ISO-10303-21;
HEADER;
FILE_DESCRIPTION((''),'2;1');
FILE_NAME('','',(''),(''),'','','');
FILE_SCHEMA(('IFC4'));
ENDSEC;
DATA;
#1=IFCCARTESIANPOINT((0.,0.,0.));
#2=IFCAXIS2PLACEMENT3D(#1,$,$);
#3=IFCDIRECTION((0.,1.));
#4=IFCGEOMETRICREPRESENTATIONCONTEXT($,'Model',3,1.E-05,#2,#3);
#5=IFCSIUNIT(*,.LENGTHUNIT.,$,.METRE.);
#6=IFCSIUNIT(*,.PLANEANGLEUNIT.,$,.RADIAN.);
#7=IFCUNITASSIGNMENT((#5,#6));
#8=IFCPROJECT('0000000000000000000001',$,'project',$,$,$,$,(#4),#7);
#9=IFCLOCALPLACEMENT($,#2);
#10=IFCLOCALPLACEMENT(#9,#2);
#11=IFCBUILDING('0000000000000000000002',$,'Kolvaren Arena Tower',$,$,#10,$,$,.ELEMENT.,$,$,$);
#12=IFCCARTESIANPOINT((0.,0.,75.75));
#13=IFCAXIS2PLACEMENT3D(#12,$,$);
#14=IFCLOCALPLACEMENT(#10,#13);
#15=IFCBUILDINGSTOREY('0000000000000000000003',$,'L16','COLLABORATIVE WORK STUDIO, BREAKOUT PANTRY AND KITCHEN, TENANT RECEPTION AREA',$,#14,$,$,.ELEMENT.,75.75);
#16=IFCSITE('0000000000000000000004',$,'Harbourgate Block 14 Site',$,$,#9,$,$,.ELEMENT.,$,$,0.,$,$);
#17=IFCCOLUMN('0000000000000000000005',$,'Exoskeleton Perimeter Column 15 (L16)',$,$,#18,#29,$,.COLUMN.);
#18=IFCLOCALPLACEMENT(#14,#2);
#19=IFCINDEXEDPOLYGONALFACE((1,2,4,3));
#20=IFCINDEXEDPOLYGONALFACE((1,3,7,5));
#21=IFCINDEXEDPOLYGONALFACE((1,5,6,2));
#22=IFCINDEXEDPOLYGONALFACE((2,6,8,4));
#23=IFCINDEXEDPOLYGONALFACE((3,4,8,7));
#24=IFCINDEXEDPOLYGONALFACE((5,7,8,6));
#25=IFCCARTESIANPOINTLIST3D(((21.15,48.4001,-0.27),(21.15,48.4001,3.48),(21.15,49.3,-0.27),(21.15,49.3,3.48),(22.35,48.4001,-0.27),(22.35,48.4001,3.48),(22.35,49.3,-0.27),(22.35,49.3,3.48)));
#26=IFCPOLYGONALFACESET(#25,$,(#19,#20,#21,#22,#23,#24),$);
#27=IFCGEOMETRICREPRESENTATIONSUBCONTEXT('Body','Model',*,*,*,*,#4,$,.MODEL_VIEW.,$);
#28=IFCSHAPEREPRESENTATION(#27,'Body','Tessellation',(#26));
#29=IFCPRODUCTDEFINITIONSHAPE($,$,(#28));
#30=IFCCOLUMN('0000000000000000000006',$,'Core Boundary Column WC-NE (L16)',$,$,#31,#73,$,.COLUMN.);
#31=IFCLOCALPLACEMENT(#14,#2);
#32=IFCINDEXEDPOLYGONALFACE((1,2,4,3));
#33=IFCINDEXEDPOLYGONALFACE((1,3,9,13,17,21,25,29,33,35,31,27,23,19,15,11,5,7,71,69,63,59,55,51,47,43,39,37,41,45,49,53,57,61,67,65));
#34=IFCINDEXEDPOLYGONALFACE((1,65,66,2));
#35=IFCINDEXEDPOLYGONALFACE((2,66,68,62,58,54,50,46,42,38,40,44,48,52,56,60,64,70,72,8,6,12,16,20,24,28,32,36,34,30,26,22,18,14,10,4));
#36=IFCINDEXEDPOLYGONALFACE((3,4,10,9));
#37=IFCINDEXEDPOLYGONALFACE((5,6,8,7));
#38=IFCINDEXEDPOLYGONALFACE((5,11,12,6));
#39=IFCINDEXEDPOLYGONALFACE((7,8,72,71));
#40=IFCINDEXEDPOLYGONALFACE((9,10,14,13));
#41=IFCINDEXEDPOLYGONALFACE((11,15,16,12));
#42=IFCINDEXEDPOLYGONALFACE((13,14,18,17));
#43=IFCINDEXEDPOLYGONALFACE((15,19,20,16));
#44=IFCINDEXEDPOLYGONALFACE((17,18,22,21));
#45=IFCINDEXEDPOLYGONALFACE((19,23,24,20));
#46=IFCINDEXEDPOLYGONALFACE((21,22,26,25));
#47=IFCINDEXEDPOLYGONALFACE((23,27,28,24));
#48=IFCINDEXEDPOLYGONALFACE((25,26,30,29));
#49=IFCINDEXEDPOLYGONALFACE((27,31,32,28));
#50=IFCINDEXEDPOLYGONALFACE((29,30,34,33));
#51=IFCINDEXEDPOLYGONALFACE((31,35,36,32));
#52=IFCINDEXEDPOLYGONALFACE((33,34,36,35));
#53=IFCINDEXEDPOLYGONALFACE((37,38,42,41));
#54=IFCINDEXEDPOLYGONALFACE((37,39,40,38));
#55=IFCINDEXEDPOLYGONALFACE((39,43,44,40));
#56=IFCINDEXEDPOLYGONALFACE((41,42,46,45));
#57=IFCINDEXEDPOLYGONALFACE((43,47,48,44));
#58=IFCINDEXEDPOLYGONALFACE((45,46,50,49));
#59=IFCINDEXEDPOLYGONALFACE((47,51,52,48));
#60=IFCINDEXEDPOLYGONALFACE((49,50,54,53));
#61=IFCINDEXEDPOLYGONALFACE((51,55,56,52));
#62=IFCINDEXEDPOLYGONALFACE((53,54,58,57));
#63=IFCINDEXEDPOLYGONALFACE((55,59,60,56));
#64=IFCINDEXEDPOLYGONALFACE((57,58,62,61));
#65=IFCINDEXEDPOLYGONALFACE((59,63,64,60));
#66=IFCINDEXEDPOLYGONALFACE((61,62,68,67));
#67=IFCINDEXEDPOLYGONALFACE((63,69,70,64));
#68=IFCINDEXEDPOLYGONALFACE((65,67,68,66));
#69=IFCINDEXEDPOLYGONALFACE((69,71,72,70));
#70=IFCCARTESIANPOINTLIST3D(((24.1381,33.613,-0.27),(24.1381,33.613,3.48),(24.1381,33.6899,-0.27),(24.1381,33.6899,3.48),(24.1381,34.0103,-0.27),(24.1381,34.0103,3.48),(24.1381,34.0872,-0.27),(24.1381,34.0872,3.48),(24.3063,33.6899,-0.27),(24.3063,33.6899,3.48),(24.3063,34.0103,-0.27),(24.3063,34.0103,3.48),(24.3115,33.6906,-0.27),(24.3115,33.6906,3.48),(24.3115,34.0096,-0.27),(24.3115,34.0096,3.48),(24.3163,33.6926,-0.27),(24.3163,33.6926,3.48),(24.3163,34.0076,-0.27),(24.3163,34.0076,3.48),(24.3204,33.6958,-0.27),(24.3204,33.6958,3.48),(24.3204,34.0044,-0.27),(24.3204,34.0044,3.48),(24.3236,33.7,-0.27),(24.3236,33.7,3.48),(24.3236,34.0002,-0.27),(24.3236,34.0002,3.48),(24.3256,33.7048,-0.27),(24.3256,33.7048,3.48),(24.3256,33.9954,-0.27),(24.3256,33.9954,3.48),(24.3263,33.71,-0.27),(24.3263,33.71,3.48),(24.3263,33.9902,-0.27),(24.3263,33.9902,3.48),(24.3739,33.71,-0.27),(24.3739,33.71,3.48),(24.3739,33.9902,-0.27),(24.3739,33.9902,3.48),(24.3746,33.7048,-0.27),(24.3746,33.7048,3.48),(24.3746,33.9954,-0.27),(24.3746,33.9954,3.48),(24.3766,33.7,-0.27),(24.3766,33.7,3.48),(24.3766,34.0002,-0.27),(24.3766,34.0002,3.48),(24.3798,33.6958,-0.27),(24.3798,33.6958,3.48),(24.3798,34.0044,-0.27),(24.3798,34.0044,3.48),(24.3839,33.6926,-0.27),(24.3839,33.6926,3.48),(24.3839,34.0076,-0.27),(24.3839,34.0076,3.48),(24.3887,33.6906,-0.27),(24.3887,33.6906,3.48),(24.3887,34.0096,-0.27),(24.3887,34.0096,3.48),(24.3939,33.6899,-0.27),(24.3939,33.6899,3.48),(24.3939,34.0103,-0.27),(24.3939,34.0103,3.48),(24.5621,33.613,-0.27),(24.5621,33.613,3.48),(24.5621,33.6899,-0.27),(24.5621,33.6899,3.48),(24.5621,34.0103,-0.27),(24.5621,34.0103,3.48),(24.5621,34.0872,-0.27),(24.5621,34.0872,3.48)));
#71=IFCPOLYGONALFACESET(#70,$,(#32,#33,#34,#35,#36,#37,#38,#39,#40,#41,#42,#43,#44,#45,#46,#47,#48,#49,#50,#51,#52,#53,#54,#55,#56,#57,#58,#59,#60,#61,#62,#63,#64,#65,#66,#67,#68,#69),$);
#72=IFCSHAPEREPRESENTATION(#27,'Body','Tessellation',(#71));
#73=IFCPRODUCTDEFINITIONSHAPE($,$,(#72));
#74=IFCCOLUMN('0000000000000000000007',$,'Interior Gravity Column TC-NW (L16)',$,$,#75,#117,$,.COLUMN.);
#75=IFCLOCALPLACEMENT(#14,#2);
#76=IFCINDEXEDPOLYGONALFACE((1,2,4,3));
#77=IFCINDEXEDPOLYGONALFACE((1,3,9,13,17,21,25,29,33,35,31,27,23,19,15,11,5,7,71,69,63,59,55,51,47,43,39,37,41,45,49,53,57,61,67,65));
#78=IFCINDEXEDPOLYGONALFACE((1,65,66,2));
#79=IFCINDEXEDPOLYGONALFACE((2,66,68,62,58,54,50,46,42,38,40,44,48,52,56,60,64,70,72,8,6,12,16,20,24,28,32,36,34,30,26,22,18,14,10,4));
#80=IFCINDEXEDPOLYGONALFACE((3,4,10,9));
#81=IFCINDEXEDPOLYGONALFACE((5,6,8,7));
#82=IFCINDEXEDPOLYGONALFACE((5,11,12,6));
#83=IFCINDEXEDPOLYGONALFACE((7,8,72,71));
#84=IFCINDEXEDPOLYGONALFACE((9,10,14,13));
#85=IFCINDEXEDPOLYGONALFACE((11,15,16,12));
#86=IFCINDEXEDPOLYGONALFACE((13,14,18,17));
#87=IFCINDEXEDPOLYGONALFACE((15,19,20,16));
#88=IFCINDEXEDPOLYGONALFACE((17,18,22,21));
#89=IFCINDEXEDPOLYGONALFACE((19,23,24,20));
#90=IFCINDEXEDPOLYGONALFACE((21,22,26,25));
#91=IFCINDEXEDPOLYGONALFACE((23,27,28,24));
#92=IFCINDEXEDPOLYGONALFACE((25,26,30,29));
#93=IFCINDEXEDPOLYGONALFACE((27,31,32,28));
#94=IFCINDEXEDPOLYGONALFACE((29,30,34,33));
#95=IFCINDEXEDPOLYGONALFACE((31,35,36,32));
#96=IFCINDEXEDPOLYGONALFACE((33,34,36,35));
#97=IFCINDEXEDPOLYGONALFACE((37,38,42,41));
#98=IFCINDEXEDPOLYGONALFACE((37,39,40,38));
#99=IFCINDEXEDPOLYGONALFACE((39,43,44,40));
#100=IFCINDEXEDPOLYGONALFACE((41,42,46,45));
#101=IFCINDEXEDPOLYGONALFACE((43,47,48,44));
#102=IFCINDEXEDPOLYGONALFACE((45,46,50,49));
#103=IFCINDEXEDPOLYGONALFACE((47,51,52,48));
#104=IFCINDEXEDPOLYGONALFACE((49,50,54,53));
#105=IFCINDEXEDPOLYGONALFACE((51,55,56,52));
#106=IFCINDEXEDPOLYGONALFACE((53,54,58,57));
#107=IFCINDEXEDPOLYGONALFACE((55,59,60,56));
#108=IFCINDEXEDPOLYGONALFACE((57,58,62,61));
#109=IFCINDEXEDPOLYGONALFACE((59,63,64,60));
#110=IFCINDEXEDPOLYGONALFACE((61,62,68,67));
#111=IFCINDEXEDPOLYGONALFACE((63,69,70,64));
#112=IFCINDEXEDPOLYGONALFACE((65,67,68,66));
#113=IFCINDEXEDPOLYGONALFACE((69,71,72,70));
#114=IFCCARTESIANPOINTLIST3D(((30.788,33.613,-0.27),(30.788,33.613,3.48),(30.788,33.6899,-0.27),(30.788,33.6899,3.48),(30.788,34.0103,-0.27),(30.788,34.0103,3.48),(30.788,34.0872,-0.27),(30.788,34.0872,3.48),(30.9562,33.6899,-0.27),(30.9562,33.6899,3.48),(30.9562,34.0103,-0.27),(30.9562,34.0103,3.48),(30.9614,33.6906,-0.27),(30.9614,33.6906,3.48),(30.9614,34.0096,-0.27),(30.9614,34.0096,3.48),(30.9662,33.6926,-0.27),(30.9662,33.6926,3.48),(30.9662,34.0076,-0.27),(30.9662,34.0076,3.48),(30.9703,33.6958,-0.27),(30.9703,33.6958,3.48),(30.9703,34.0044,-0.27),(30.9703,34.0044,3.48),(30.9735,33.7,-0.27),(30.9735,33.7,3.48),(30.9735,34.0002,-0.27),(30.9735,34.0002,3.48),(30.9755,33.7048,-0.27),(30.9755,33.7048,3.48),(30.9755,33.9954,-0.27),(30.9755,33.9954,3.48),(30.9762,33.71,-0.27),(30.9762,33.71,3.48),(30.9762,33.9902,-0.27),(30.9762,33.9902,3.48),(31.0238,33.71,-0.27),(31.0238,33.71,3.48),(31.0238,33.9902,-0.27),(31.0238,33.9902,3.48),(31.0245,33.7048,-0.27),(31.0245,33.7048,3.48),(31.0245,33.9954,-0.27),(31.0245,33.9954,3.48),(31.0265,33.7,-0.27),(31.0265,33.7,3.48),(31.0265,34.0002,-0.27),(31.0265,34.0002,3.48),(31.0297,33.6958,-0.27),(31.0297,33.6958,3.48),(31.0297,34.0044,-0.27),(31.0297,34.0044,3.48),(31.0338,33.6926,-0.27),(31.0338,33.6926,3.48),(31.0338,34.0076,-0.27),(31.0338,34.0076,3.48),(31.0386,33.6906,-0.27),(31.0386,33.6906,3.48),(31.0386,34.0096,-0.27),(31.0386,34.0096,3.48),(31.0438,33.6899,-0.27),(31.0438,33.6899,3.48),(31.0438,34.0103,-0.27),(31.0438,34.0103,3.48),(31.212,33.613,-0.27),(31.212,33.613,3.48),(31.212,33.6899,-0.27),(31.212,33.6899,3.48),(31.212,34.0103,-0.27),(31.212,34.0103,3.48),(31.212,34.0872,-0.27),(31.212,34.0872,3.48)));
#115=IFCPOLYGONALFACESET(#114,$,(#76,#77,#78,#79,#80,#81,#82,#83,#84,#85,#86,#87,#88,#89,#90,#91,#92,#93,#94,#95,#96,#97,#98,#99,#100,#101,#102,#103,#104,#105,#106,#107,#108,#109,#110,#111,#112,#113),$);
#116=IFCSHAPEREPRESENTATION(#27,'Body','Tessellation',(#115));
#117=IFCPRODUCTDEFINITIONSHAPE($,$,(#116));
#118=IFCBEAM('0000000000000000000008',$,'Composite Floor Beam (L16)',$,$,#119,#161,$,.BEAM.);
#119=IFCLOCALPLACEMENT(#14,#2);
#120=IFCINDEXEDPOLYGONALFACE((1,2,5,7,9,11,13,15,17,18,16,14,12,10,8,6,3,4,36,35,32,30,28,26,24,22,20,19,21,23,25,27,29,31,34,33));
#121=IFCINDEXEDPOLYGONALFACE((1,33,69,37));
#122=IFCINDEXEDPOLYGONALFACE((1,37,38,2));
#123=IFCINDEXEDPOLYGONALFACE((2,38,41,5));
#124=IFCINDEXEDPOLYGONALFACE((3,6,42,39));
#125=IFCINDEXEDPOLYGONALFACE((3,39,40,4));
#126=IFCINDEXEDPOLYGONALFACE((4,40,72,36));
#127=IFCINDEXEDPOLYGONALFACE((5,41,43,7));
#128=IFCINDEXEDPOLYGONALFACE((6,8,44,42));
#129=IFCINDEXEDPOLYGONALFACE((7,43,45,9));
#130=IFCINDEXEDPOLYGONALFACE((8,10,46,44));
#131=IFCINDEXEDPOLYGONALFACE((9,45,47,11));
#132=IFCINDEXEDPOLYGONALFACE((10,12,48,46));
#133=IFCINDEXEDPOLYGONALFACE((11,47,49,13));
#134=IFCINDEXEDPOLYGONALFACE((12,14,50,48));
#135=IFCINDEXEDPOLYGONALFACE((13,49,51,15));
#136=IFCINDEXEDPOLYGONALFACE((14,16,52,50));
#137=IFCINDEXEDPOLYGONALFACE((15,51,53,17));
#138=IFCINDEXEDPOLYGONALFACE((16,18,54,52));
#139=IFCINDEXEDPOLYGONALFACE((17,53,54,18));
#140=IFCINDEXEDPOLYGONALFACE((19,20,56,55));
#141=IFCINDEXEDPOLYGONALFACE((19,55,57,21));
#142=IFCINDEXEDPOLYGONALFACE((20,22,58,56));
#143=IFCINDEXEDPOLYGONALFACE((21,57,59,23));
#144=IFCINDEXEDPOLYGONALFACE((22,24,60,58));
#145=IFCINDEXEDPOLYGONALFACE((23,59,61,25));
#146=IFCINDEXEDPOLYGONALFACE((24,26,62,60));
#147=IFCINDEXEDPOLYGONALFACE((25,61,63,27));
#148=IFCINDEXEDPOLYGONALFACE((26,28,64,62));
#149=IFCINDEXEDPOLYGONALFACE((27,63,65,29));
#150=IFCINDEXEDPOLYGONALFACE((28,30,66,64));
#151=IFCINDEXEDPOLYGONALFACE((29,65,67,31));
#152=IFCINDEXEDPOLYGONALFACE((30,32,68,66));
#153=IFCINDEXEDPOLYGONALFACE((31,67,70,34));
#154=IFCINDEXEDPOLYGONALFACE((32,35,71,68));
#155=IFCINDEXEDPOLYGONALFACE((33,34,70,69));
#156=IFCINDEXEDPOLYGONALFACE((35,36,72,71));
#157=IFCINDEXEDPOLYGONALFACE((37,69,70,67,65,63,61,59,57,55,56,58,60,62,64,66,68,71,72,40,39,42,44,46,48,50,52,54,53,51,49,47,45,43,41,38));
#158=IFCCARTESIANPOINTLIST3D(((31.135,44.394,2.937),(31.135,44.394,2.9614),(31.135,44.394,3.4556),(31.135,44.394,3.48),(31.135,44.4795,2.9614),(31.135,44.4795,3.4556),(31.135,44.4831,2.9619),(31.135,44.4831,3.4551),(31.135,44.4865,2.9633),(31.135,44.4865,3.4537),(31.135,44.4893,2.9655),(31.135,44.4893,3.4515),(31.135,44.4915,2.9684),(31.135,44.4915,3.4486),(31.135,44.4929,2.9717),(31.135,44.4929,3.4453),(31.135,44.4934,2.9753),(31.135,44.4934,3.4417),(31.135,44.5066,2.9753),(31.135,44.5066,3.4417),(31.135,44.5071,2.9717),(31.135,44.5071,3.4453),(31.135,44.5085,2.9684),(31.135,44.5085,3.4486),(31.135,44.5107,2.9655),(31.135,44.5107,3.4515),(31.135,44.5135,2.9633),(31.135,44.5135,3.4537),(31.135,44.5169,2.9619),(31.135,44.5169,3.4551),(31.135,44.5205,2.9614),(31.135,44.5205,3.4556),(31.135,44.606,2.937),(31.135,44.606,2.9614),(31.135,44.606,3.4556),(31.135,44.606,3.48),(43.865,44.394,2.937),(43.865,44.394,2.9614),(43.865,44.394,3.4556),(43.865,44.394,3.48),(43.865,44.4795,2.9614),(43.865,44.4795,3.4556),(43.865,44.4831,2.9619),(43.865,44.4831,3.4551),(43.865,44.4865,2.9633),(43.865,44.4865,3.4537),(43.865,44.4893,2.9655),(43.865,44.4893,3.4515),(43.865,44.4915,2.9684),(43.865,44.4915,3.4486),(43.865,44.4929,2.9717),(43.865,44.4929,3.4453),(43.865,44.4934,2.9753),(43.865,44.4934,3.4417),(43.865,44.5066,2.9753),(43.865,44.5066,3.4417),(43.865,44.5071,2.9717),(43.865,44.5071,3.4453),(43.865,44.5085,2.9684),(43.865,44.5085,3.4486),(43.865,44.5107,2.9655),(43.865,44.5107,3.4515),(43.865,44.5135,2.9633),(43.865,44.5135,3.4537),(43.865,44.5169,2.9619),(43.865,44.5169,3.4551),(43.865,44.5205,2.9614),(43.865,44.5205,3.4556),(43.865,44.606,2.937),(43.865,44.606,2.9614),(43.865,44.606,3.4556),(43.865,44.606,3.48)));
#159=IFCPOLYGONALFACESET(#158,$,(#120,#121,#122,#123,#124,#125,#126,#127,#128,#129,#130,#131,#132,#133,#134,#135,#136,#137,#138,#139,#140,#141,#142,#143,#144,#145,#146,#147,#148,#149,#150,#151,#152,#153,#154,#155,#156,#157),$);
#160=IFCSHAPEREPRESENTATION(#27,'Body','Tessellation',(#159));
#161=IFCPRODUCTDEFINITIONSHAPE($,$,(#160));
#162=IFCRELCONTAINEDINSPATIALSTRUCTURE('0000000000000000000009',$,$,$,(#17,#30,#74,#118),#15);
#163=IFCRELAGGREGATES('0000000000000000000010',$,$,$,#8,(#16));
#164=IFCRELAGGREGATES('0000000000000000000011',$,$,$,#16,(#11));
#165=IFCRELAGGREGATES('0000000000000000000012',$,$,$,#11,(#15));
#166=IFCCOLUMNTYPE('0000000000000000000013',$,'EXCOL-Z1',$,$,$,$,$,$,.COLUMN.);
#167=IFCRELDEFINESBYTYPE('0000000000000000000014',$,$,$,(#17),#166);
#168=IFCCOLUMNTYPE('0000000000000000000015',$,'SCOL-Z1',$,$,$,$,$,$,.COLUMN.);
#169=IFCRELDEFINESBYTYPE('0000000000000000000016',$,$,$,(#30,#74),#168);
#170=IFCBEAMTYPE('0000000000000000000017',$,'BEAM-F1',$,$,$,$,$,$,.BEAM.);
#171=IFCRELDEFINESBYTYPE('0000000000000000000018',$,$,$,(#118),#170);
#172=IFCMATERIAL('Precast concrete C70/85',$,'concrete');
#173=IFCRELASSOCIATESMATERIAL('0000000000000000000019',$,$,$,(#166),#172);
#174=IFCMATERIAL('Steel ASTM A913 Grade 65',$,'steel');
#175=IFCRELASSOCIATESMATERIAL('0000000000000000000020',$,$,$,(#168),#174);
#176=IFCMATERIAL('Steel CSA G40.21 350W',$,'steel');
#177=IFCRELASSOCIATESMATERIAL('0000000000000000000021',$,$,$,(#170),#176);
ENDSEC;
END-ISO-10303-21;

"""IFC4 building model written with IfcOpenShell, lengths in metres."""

from ifc_helpers import new_model, si_unit, direction, frame, origin, origin_2d, place, context, subcontext, project, spatial, rectangle, i_section, extrude, material, material_profile, profile_set, type_object, element, save


model = new_model("IFC4")

# Units and contexts
model_context = context("Model", 3, precision=1e-05, world=origin(), true_north=direction((0.0, 1.0)))
body_context = subcontext(model_context, "Body", "Model", "MODEL_VIEW")
ifc_project = project(units=[si_unit("LENGTHUNIT", "METRE"), si_unit("PLANEANGLEUNIT", "RADIAN")], contexts=[model_context])

# Site, building, storey
site_placement = place(None, origin())
site = spatial("IfcSite", under=ifc_project, at=site_placement, Name="Harbourgate Block 14 Site", CompositionType="ELEMENT", RefElevation=0.0)
building_placement = place(site_placement, origin())
building = spatial("IfcBuilding", under=site, at=building_placement, Name="Kolvaren Arena Tower", CompositionType="ELEMENT")
storey_placement = place(building_placement, frame((0.0, 0.0, 75.75)))
storey = spatial("IfcBuildingStorey", under=building, at=storey_placement, Name="L16", Description="COLLABORATIVE WORK STUDIO, BREAKOUT PANTRY AND KITCHEN, TENANT RECEPTION AREA", CompositionType="ELEMENT", Elevation=75.75)

# Columns
ifc_material_1 = material(Name="Precast concrete C70/85", Category="concrete")
ifc_material_profile_1 = material_profile(ifc_material_1, rectangle(XDim=1.2, YDim=0.8999, at=origin_2d()), Name="RC-1200x900")
ifc_profile_set_1 = profile_set([ifc_material_profile_1], Name="Precast concrete C70/85")
column_type_1 = type_object("IfcColumnType", Name="EXCOL-Z1", PredefinedType="COLUMN", material=ifc_profile_set_1)
column_placement = place(storey_placement, frame((21.75, 48.8501, -0.27), z_axis=(0.0, 0.0, 1.0), x_axis=(1.0, 0.0, 0.0)))
element("IfcColumn", 1, at=column_placement, inside=storey, type_object=column_type_1, Name="Exoskeleton Perimeter Column 15 (L16)", PredefinedType="COLUMN", context=body_context, shape_type="SweptSolid", body=[
    extrude(rectangle(XDim=1.2, YDim=0.8999, at=origin_2d()), origin(), (0.0, 0.0, 1.0), 3.75),
])
ifc_material_2 = material(Name="Steel ASTM A913 Grade 65", Category="steel")
ifc_material_profile_2 = material_profile(ifc_material_2, i_section(OverallWidth=0.4241, OverallDepth=0.4741, WebThickness=0.0476, FlangeThickness=0.0769, FilletRadius=0.02, at=origin_2d()), Name="W360x634")
ifc_profile_set_2 = profile_set([ifc_material_profile_2], Name="Steel ASTM A913 Grade 65")
column_type_2 = type_object("IfcColumnType", Name="SCOL-Z1", PredefinedType="COLUMN", material=ifc_profile_set_2)
for number, where, z_axis, x_axis, name in (
    (2, (24.3501, 33.8501, -0.27), (0.0, 0.0, 1.0), (1.0, 0.0, 0.0), "Core Boundary Column WC-NE (L16)"),
    (3, (31.0, 33.8501, -0.27), (0.0, 0.0, 1.0), (1.0, 0.0, 0.0), "Interior Gravity Column TC-NW (L16)"),
):
    element("IfcColumn", number, at=place(storey_placement, frame(where, z_axis=z_axis, x_axis=x_axis)), inside=storey, type_object=column_type_2, Name=name, PredefinedType="COLUMN", context=body_context, shape_type="SweptSolid", body=[
        extrude(i_section(OverallWidth=0.4241, OverallDepth=0.4741, WebThickness=0.0476, FlangeThickness=0.0769, FilletRadius=0.02, at=origin_2d()), origin(), (0.0, 0.0, 1.0), 3.75),
    ])

# Beam
ifc_material_3 = material(Name="Steel CSA G40.21 350W", Category="steel")
ifc_material_profile_3 = material_profile(ifc_material_3, i_section(OverallWidth=0.2119, OverallDepth=0.543, WebThickness=0.0132, FlangeThickness=0.0244, FilletRadius=0.0139, at=origin_2d()), Name="W530x150")
ifc_profile_set_3 = profile_set([ifc_material_profile_3], Name="Steel CSA G40.21 350W")
beam_type_1 = type_object("IfcBeamType", Name="BEAM-F1", PredefinedType="BEAM", material=ifc_profile_set_3)
beam_1_placement = place(storey_placement, frame((31.135, 44.5, 3.2085), z_axis=(1.0, 0.0, 0.0), x_axis=(0.0, 1.0, 0.0)))
element("IfcBeam", 4, at=beam_1_placement, inside=storey, type_object=beam_type_1, Name="Composite Floor Beam (L16)", PredefinedType="BEAM", context=body_context, shape_type="SweptSolid", body=[
    extrude(i_section(OverallWidth=0.2119, OverallDepth=0.543, WebThickness=0.0132, FlangeThickness=0.0244, FilletRadius=0.0139, at=origin_2d()), origin(), (0.0, 0.0, 1.0), 12.73),
])

save(model, "model.ifc")
